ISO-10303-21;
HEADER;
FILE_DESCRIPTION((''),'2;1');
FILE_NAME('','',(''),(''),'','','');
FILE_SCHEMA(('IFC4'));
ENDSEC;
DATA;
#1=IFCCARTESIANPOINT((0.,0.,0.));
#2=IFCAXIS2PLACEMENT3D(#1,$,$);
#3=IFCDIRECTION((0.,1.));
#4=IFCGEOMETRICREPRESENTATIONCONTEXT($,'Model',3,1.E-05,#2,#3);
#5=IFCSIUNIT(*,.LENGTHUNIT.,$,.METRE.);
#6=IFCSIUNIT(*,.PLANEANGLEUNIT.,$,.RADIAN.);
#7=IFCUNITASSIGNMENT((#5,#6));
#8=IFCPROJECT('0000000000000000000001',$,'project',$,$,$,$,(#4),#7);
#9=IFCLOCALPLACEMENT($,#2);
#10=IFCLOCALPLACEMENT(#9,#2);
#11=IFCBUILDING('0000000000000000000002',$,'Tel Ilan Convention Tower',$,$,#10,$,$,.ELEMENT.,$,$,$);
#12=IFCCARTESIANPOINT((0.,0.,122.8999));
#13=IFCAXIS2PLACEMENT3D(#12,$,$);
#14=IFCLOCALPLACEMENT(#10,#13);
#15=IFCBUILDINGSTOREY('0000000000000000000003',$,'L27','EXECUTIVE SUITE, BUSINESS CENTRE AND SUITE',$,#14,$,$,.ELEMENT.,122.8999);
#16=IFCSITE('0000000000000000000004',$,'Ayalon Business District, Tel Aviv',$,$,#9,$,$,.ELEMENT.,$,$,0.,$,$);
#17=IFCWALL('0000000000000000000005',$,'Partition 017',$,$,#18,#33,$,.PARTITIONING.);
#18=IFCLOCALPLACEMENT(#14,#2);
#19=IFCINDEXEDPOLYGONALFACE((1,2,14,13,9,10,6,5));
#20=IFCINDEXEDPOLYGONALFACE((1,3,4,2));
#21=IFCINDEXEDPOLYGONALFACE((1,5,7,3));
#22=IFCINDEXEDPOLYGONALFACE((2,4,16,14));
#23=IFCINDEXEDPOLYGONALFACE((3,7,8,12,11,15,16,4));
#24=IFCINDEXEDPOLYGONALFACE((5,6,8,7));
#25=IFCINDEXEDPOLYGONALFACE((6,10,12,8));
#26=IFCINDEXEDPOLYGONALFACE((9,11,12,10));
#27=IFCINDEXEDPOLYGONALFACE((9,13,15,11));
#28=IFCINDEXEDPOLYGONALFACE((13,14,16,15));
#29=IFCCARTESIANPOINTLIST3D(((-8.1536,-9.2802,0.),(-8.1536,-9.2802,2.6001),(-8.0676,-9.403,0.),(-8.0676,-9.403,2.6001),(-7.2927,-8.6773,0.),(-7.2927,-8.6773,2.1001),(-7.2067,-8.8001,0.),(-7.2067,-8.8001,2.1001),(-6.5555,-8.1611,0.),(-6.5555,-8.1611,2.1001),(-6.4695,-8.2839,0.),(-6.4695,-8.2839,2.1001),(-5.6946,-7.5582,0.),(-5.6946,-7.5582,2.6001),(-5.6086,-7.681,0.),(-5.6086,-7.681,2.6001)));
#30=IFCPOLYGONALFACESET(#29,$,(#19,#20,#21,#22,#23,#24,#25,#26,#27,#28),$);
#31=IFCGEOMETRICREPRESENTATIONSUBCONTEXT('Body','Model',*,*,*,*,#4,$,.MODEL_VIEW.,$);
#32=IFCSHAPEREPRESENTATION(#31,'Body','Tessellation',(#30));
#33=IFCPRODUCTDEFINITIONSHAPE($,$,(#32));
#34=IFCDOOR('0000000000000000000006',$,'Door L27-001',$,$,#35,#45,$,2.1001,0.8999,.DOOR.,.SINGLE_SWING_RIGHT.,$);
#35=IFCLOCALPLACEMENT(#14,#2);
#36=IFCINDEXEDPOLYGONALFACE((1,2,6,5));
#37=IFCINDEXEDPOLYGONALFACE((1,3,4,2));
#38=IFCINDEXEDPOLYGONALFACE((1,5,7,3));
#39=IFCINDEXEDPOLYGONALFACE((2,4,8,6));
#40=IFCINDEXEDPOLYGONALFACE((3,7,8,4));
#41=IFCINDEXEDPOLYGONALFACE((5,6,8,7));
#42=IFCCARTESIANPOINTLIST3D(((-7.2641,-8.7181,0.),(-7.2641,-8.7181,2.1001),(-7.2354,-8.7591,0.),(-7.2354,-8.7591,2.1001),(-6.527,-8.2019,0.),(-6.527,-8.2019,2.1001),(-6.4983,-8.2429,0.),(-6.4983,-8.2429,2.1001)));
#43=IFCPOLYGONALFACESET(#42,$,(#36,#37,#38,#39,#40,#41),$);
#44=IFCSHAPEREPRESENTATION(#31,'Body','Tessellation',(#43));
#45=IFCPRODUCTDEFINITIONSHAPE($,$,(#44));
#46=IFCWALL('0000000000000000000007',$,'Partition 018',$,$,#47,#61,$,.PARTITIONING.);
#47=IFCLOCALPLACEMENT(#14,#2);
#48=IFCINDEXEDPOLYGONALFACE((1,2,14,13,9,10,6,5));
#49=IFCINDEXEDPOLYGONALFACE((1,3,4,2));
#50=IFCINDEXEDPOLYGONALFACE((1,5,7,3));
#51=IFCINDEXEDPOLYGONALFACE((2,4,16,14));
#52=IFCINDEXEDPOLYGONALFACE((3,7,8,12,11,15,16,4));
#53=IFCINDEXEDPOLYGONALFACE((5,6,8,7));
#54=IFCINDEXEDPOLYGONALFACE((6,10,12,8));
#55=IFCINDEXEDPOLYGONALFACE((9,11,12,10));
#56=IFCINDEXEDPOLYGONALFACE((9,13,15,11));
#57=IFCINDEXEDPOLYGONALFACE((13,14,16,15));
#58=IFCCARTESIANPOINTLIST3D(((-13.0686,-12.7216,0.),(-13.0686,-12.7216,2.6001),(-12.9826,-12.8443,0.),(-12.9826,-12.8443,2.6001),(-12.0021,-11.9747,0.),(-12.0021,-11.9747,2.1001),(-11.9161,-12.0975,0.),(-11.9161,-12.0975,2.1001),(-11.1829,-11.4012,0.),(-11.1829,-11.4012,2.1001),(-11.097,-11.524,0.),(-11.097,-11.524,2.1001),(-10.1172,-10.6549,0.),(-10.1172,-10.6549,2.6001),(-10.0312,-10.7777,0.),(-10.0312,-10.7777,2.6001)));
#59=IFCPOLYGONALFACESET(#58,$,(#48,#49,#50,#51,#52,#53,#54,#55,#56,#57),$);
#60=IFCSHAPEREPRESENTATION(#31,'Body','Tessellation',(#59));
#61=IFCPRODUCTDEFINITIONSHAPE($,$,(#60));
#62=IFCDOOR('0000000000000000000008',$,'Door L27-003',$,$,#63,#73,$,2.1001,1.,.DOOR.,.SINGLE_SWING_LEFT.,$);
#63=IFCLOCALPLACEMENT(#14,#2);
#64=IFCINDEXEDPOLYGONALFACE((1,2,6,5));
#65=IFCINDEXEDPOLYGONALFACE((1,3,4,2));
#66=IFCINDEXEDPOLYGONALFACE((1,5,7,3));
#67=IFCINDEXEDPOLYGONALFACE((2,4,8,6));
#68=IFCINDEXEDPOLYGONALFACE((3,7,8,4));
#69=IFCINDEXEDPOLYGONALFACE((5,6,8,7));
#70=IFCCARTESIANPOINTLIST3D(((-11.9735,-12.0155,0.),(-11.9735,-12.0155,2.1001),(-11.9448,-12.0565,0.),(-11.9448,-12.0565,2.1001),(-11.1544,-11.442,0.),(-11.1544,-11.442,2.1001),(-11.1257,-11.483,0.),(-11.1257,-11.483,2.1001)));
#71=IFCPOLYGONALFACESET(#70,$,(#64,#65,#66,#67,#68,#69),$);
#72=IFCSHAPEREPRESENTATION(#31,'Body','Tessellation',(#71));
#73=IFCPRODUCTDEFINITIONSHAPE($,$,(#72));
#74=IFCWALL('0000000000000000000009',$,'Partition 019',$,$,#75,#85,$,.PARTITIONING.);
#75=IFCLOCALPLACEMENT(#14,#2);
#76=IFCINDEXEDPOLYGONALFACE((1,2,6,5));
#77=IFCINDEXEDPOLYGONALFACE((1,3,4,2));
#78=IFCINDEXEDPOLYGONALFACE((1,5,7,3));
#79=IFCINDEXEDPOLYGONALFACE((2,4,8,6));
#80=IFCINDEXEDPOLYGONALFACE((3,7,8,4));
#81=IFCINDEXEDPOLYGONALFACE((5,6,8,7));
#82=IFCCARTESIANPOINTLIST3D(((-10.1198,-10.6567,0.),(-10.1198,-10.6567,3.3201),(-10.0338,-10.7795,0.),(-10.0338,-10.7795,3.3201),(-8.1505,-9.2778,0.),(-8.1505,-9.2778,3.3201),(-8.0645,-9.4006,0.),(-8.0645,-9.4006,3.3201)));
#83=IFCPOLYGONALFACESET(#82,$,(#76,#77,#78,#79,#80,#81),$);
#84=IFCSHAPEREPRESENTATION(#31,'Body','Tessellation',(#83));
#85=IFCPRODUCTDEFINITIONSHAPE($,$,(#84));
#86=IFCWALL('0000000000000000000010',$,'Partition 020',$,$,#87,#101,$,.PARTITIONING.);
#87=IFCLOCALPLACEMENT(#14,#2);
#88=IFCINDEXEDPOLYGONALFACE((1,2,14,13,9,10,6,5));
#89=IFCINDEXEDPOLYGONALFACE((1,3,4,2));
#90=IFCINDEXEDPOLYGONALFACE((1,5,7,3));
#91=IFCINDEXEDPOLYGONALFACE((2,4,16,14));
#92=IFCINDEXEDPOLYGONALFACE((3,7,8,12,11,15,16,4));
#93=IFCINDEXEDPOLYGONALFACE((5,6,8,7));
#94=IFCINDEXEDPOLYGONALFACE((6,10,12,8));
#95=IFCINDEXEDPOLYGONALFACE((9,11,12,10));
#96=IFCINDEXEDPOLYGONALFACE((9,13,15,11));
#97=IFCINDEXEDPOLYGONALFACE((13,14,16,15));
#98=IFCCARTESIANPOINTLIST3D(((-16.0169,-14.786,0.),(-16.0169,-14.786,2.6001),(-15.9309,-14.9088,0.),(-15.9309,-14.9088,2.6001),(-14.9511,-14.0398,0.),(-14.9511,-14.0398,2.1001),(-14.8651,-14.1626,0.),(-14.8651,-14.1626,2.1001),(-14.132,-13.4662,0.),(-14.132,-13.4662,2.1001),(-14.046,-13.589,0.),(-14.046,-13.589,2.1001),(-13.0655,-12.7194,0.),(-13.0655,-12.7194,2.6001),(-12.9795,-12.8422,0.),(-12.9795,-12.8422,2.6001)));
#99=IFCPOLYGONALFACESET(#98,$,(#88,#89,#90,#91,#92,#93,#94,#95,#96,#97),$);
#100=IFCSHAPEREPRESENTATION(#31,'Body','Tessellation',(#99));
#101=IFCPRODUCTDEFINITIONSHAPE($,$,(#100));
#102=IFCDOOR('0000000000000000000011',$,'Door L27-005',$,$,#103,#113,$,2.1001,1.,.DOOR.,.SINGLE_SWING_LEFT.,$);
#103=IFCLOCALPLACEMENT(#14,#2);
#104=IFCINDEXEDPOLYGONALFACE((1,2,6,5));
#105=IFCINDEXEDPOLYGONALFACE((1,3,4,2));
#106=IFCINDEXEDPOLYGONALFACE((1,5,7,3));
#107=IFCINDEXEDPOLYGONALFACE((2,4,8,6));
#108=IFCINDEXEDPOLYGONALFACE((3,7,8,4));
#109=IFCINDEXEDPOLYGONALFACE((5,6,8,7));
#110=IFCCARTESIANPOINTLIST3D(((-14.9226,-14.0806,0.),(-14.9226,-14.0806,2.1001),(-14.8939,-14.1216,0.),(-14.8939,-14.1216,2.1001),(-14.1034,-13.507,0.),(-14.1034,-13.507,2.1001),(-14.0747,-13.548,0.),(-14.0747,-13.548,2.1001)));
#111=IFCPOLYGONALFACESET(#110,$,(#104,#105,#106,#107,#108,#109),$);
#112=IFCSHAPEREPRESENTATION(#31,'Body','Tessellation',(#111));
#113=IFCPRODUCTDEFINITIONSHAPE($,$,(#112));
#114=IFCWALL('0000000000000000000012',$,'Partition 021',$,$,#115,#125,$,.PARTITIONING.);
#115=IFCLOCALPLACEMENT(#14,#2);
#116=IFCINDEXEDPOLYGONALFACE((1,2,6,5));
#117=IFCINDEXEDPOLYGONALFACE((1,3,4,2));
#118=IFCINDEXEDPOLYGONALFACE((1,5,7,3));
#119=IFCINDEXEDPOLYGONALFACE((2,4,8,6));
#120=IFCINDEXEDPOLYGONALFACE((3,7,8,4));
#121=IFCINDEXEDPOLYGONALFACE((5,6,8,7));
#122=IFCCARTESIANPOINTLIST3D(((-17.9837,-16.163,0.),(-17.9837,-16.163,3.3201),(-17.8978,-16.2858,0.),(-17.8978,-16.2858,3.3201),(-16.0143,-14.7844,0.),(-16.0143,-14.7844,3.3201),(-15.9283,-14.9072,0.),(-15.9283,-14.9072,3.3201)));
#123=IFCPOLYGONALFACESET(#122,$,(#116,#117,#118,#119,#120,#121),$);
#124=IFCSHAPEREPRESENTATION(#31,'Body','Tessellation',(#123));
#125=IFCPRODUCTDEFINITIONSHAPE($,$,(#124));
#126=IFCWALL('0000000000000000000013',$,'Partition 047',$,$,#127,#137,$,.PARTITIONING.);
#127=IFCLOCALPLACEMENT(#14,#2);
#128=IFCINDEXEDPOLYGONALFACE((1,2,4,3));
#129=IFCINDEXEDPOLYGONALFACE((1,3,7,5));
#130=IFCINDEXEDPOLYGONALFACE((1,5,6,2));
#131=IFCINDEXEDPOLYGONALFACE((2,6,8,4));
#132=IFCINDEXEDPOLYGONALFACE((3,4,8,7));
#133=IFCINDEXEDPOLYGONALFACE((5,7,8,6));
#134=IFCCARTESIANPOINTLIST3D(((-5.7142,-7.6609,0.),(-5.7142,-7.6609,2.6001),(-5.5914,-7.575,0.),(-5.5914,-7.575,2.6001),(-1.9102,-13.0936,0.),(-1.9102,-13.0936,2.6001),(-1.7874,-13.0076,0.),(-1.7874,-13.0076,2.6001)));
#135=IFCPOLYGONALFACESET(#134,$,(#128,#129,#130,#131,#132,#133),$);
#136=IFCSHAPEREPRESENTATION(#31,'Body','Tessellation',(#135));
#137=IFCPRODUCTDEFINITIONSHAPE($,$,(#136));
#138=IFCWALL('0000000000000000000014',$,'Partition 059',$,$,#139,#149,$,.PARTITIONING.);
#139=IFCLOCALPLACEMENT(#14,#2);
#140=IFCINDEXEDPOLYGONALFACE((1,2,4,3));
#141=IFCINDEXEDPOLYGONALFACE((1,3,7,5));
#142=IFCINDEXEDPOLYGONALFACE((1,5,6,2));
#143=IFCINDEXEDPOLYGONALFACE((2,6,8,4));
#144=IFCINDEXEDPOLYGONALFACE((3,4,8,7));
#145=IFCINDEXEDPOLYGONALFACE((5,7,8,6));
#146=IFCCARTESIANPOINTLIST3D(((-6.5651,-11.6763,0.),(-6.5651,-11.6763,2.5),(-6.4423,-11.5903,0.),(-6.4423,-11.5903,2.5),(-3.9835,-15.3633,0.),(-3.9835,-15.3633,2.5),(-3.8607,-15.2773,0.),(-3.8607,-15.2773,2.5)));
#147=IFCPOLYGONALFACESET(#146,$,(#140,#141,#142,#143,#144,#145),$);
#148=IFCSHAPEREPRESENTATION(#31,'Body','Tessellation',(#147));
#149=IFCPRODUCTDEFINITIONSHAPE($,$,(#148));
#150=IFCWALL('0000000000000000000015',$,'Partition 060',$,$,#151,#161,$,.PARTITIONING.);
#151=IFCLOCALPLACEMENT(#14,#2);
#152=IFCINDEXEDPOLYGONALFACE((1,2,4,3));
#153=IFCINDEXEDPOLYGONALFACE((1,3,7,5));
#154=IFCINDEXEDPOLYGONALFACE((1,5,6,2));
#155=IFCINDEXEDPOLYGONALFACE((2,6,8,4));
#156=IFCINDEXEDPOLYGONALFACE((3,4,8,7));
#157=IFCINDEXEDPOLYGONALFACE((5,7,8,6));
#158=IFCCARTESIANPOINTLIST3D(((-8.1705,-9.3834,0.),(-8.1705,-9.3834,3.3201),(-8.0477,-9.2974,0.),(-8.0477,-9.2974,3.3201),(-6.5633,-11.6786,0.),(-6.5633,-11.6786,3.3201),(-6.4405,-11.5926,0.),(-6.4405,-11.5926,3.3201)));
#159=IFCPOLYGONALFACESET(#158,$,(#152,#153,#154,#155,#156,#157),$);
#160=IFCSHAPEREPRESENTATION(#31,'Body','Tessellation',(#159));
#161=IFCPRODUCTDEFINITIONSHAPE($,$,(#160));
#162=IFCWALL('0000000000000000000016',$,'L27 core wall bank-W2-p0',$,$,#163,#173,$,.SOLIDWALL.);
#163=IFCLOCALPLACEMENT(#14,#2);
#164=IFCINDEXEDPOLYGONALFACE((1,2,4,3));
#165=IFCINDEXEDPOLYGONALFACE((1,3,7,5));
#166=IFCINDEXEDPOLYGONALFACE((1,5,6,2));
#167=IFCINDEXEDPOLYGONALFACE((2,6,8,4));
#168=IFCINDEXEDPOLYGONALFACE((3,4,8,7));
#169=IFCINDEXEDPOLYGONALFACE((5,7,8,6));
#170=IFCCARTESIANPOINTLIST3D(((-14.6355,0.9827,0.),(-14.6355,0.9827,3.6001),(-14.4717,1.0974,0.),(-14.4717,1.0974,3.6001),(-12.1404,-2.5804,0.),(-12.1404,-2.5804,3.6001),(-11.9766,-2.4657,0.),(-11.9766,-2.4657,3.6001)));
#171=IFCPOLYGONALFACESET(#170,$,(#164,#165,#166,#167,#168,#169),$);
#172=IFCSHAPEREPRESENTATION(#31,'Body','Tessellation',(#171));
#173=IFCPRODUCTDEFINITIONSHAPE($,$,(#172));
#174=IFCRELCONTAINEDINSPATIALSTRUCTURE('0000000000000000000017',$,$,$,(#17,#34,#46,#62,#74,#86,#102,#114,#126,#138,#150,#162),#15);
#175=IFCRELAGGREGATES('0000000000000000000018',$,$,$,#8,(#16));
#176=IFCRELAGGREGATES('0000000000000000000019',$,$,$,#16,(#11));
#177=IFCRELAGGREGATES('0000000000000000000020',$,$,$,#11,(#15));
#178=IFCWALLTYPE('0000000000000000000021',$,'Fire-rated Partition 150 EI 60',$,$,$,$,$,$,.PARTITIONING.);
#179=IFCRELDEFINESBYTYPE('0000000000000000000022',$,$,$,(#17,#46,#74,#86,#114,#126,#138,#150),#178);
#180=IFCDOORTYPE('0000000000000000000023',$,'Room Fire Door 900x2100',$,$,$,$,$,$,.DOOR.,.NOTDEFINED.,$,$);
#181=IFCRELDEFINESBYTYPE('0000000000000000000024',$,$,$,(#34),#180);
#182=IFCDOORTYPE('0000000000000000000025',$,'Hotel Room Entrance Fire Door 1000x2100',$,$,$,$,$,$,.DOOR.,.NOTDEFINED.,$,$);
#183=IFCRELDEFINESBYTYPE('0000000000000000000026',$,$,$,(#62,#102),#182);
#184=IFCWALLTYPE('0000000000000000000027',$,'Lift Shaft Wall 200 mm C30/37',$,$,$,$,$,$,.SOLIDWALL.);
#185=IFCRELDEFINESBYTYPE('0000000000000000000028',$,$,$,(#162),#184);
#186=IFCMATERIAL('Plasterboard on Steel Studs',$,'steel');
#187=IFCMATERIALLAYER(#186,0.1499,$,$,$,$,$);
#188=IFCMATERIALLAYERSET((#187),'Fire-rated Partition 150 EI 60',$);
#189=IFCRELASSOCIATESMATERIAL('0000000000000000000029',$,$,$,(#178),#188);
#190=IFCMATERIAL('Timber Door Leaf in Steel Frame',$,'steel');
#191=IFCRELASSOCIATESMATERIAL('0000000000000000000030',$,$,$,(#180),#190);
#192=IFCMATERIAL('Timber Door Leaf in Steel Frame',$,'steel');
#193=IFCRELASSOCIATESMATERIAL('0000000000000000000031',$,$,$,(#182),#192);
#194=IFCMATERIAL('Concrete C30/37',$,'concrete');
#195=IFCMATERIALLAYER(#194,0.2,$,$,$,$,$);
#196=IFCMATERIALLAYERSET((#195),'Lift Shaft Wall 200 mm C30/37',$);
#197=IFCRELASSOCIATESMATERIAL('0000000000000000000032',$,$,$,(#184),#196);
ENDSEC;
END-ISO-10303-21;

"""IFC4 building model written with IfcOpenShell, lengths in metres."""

from ifc_helpers import new_model, si_unit, direction, frame, frame_2d, origin, place, context, subcontext, project, spatial, rectangle, extrude, material, layer, layer_set, type_object, element, fill, save


model = new_model("IFC4")

# Units and contexts
model_context = context("Model", 3, precision=1e-05, world=origin(), true_north=direction((0.0, 1.0)))
body_context = subcontext(model_context, "Body", "Model", "MODEL_VIEW")
ifc_project = project(units=[si_unit("LENGTHUNIT", "METRE"), si_unit("PLANEANGLEUNIT", "RADIAN")], contexts=[model_context])

# Site, building, storey
site_placement = place(None, origin())
site = spatial("IfcSite", under=ifc_project, at=site_placement, Name="Ayalon Business District, Tel Aviv", CompositionType="ELEMENT", RefElevation=0.0)
building_placement = place(site_placement, origin())
building = spatial("IfcBuilding", under=site, at=building_placement, Name="Tel Ilan Convention Tower", CompositionType="ELEMENT")
storey_placement = place(building_placement, frame((0.0, 0.0, 122.8999)))
storey = spatial("IfcBuildingStorey", under=building, at=storey_placement, Name="L27", Description="EXECUTIVE SUITE, BUSINESS CENTRE AND SUITE", CompositionType="ELEMENT", Elevation=122.8999)

# Walls, openings, doors
ifc_material_1 = material(Name="Plasterboard on Steel Studs", Category="steel")
ifc_layer_1 = layer(ifc_material_1, 0.1499)
ifc_layer_set_1 = layer_set([ifc_layer_1], Name="Fire-rated Partition 150 EI 60")
wall_type_1 = type_object("IfcWallType", Name="Fire-rated Partition 150 EI 60", PredefinedType="PARTITIONING", material=ifc_layer_set_1)
wall_1_placement = place(storey_placement, frame((-5.6516, -7.6196, 0.0), z_axis=(0.0, 0.0, 1.0), x_axis=(-0.819133, -0.573604, 0.0)))
wall_1 = element("IfcWall", 1, at=wall_1_placement, inside=storey, type_object=wall_type_1, Name="Partition 017", PredefinedType="PARTITIONING", context=body_context, shape_type="SweptSolid", body=[
    extrude(rectangle(XDim=3.002, YDim=0.1499, at=frame_2d((1.501, 0.0))), origin(), (0.0, 0.0, 1.0), 2.6001),
])
opening_1_placement = place(wall_1_placement, frame((1.051, 0.0, 0.0)))
opening_1 = element("IfcOpeningElement", 2, at=opening_1_placement, cuts=wall_1, PredefinedType="OPENING", context=body_context, shape_type="SweptSolid", body=[
    extrude(rectangle(XDim=0.8999, YDim=2.1001, at=frame_2d((0.45, 1.05))), frame((0.0, 0.085, 0.0), z_axis=(0.0, -1.0, 0.0), x_axis=(1.0, 0.0, 0.0)), (0.0, 0.0, 1.0), 0.1699),
])
ifc_material_2 = material(Name="Timber Door Leaf in Steel Frame", Category="steel")
door_type_1 = type_object("IfcDoorType", Name="Room Fire Door 900x2100", OperationType="NOTDEFINED", PredefinedType="DOOR", material=ifc_material_2)
door_1_placement = place(opening_1_placement, origin())
door_1 = element("IfcDoor", 3, at=door_1_placement, inside=storey, type_object=door_type_1, Name="Door L27-001", OperationType="SINGLE_SWING_RIGHT", OverallHeight=2.1001, OverallWidth=0.8999, PredefinedType="DOOR", context=body_context, shape_type="SweptSolid", body=[
    extrude(rectangle(XDim=0.8999, YDim=2.1001, at=frame_2d((0.45, 1.05))), frame((0.0, 0.0249, 0.0), z_axis=(0.0, -1.0, 0.0), x_axis=(1.0, 0.0, 0.0)), (0.0, 0.0, 1.0), 0.05),
])
fill(opening_1, door_1)
wall_2_placement = place(storey_placement, frame((-10.0742, -10.7163, 0.0), z_axis=(0.0, 0.0, 1.0), x_axis=(-0.819146, -0.573585, 0.0)))
wall_2 = element("IfcWall", 4, at=wall_2_placement, inside=storey, type_object=wall_type_1, Name="Partition 018", PredefinedType="PARTITIONING", context=body_context, shape_type="SweptSolid", body=[
    extrude(rectangle(XDim=3.603, YDim=0.1499, at=frame_2d((1.8015, 0.0))), origin(), (0.0, 0.0, 1.0), 2.6001),
])
opening_2_placement = place(wall_2_placement, frame((1.301, 0.0, 0.0)))
opening_2 = element("IfcOpeningElement", 5, at=opening_2_placement, cuts=wall_2, PredefinedType="OPENING", context=body_context, shape_type="SweptSolid", body=[
    extrude(rectangle(XDim=1.0, YDim=2.1001, at=frame_2d((0.5, 1.05))), frame((0.0, 0.085, 0.0), z_axis=(0.0, -1.0, 0.0), x_axis=(1.0, 0.0, 0.0)), (0.0, 0.0, 1.0), 0.1699),
])
ifc_material_3 = material(Name="Timber Door Leaf in Steel Frame", Category="steel")
door_type_2 = type_object("IfcDoorType", Name="Hotel Room Entrance Fire Door 1000x2100", OperationType="NOTDEFINED", PredefinedType="DOOR", material=ifc_material_3)
door_2_placement = place(opening_2_placement, origin())
door_2 = element("IfcDoor", 6, at=door_2_placement, inside=storey, type_object=door_type_2, Name="Door L27-003", OperationType="SINGLE_SWING_LEFT", OverallHeight=2.1001, OverallWidth=1.0, PredefinedType="DOOR", context=body_context, shape_type="SweptSolid", body=[
    extrude(rectangle(XDim=1.0, YDim=2.1001, at=frame_2d((0.5, 1.05))), frame((0.0, 0.0249, 0.0), z_axis=(0.0, -1.0, 0.0), x_axis=(1.0, 0.0, 0.0)), (0.0, 0.0, 1.0), 0.05),
])
fill(opening_2, door_2)

# Wall
wall_3_placement = place(storey_placement, frame((-8.1074, -9.3391, 0.0), z_axis=(0.0, 0.0, 1.0), x_axis=(-0.819146, -0.573585, 0.0)))
element("IfcWall", 7, at=wall_3_placement, inside=storey, type_object=wall_type_1, Name="Partition 019", PredefinedType="PARTITIONING", context=body_context, shape_type="SweptSolid", body=[
    extrude(rectangle(XDim=2.4041, YDim=0.1499, at=frame_2d((1.2021, 0.0))), origin(), (0.0, 0.0, 1.0), 3.3201),
])

# Wall, opening, door
wall_4_placement = place(storey_placement, frame((-13.0225, -12.7808, 0.0), z_axis=(0.0, 0.0, 1.0), x_axis=(-0.819146, -0.573585, 0.0)))
wall_4 = element("IfcWall", 8, at=wall_4_placement, inside=storey, type_object=wall_type_1, Name="Partition 020", PredefinedType="PARTITIONING", context=body_context, shape_type="SweptSolid", body=[
    extrude(rectangle(XDim=3.603, YDim=0.1499, at=frame_2d((1.8015, 0.0))), origin(), (0.0, 0.0, 1.0), 2.6001),
])
opening_3_placement = place(wall_4_placement, frame((1.302, 0.0, 0.0)))
opening_3 = element("IfcOpeningElement", 9, at=opening_3_placement, cuts=wall_4, PredefinedType="OPENING", context=body_context, shape_type="SweptSolid", body=[
    extrude(rectangle(XDim=1.0, YDim=2.1001, at=frame_2d((0.5, 1.05))), frame((0.0, 0.085, 0.0), z_axis=(0.0, -1.0, 0.0), x_axis=(1.0, 0.0, 0.0)), (0.0, 0.0, 1.0), 0.1699),
])
door_3_placement = place(opening_3_placement, origin())
door_3 = element("IfcDoor", 10, at=door_3_placement, inside=storey, type_object=door_type_2, Name="Door L27-005", OperationType="SINGLE_SWING_LEFT", OverallHeight=2.1001, OverallWidth=1.0, PredefinedType="DOOR", context=body_context, shape_type="SweptSolid", body=[
    extrude(rectangle(XDim=1.0, YDim=2.1001, at=frame_2d((0.5, 1.05))), frame((0.0, 0.0249, 0.0), z_axis=(0.0, -1.0, 0.0), x_axis=(1.0, 0.0, 0.0)), (0.0, 0.0, 1.0), 0.05),
])
fill(opening_3, door_3)

# Walls
wall_5_placement = place(storey_placement, frame((-15.9712, -14.8457, 0.0), z_axis=(0.0, 0.0, 1.0), x_axis=(-0.819227, -0.573469, 0.0)))
element("IfcWall", 11, at=wall_5_placement, inside=storey, type_object=wall_type_1, Name="Partition 021", PredefinedType="PARTITIONING", context=body_context, shape_type="SweptSolid", body=[
    extrude(rectangle(XDim=2.4041, YDim=0.1499, at=frame_2d((1.2021, 0.0))), origin(), (0.0, 0.0, 1.0), 3.3201),
])
wall_6_placement = place(storey_placement, frame((-1.8489, -13.0505, 0.0), z_axis=(0.0, 0.0, 1.0), x_axis=(-0.573576, 0.819152, 0.0)))
element("IfcWall", 12, at=wall_6_placement, inside=storey, type_object=wall_type_1, Name="Partition 047", PredefinedType="PARTITIONING", context=body_context, shape_type="SweptSolid", body=[
    extrude(rectangle(XDim=6.6321, YDim=0.1499, at=frame_2d((3.3159, 0.0))), origin(), (0.0, 0.0, 1.0), 2.6001),
])
wall_7_placement = place(storey_placement, frame((-3.9221, -15.3203, 0.0), z_axis=(0.0, 0.0, 1.0), x_axis=(-0.573557, 0.819166, 0.0)))
element("IfcWall", 13, at=wall_7_placement, inside=storey, type_object=wall_type_1, Name="Partition 059", PredefinedType="PARTITIONING", context=body_context, shape_type="SweptSolid", body=[
    extrude(rectangle(XDim=4.501, YDim=0.1499, at=frame_2d((2.2505, 0.0))), origin(), (0.0, 0.0, 1.0), 2.5),
])
wall_8_placement = place(storey_placement, frame((-6.502, -11.6355, 0.0), z_axis=(0.0, 0.0, 1.0), x_axis=(-0.573597, 0.819138, 0.0)))
element("IfcWall", 14, at=wall_8_placement, inside=storey, type_object=wall_type_1, Name="Partition 060", PredefinedType="PARTITIONING", context=body_context, shape_type="SweptSolid", body=[
    extrude(rectangle(XDim=2.802, YDim=0.1499, at=frame_2d((1.4009, 0.0))), origin(), (0.0, 0.0, 1.0), 3.3201),
])
ifc_material_4 = material(Name="Concrete C30/37", Category="concrete")
ifc_layer_2 = layer(ifc_material_4, 0.2)
ifc_layer_set_2 = layer_set([ifc_layer_2], Name="Lift Shaft Wall 200 mm C30/37")
wall_type_2 = type_object("IfcWallType", Name="Lift Shaft Wall 200 mm C30/37", PredefinedType="SOLIDWALL", material=ifc_layer_set_2)
wall_9_placement = place(storey_placement, frame((-12.0586, -2.5229, 0.0), z_axis=(0.0, 0.0, 1.0), x_axis=(-0.573594, 0.81914, 0.0)))
element("IfcWall", 15, at=wall_9_placement, inside=storey, type_object=wall_type_2, Name="L27 core wall bank-W2-p0", PredefinedType="SOLIDWALL", context=body_context, shape_type="SweptSolid", body=[
    extrude(rectangle(XDim=4.3499, YDim=0.2, at=frame_2d((2.1748, 0.0))), origin(), (0.0, 0.0, 1.0), 3.6001),
])

save(model, "model.ifc")
